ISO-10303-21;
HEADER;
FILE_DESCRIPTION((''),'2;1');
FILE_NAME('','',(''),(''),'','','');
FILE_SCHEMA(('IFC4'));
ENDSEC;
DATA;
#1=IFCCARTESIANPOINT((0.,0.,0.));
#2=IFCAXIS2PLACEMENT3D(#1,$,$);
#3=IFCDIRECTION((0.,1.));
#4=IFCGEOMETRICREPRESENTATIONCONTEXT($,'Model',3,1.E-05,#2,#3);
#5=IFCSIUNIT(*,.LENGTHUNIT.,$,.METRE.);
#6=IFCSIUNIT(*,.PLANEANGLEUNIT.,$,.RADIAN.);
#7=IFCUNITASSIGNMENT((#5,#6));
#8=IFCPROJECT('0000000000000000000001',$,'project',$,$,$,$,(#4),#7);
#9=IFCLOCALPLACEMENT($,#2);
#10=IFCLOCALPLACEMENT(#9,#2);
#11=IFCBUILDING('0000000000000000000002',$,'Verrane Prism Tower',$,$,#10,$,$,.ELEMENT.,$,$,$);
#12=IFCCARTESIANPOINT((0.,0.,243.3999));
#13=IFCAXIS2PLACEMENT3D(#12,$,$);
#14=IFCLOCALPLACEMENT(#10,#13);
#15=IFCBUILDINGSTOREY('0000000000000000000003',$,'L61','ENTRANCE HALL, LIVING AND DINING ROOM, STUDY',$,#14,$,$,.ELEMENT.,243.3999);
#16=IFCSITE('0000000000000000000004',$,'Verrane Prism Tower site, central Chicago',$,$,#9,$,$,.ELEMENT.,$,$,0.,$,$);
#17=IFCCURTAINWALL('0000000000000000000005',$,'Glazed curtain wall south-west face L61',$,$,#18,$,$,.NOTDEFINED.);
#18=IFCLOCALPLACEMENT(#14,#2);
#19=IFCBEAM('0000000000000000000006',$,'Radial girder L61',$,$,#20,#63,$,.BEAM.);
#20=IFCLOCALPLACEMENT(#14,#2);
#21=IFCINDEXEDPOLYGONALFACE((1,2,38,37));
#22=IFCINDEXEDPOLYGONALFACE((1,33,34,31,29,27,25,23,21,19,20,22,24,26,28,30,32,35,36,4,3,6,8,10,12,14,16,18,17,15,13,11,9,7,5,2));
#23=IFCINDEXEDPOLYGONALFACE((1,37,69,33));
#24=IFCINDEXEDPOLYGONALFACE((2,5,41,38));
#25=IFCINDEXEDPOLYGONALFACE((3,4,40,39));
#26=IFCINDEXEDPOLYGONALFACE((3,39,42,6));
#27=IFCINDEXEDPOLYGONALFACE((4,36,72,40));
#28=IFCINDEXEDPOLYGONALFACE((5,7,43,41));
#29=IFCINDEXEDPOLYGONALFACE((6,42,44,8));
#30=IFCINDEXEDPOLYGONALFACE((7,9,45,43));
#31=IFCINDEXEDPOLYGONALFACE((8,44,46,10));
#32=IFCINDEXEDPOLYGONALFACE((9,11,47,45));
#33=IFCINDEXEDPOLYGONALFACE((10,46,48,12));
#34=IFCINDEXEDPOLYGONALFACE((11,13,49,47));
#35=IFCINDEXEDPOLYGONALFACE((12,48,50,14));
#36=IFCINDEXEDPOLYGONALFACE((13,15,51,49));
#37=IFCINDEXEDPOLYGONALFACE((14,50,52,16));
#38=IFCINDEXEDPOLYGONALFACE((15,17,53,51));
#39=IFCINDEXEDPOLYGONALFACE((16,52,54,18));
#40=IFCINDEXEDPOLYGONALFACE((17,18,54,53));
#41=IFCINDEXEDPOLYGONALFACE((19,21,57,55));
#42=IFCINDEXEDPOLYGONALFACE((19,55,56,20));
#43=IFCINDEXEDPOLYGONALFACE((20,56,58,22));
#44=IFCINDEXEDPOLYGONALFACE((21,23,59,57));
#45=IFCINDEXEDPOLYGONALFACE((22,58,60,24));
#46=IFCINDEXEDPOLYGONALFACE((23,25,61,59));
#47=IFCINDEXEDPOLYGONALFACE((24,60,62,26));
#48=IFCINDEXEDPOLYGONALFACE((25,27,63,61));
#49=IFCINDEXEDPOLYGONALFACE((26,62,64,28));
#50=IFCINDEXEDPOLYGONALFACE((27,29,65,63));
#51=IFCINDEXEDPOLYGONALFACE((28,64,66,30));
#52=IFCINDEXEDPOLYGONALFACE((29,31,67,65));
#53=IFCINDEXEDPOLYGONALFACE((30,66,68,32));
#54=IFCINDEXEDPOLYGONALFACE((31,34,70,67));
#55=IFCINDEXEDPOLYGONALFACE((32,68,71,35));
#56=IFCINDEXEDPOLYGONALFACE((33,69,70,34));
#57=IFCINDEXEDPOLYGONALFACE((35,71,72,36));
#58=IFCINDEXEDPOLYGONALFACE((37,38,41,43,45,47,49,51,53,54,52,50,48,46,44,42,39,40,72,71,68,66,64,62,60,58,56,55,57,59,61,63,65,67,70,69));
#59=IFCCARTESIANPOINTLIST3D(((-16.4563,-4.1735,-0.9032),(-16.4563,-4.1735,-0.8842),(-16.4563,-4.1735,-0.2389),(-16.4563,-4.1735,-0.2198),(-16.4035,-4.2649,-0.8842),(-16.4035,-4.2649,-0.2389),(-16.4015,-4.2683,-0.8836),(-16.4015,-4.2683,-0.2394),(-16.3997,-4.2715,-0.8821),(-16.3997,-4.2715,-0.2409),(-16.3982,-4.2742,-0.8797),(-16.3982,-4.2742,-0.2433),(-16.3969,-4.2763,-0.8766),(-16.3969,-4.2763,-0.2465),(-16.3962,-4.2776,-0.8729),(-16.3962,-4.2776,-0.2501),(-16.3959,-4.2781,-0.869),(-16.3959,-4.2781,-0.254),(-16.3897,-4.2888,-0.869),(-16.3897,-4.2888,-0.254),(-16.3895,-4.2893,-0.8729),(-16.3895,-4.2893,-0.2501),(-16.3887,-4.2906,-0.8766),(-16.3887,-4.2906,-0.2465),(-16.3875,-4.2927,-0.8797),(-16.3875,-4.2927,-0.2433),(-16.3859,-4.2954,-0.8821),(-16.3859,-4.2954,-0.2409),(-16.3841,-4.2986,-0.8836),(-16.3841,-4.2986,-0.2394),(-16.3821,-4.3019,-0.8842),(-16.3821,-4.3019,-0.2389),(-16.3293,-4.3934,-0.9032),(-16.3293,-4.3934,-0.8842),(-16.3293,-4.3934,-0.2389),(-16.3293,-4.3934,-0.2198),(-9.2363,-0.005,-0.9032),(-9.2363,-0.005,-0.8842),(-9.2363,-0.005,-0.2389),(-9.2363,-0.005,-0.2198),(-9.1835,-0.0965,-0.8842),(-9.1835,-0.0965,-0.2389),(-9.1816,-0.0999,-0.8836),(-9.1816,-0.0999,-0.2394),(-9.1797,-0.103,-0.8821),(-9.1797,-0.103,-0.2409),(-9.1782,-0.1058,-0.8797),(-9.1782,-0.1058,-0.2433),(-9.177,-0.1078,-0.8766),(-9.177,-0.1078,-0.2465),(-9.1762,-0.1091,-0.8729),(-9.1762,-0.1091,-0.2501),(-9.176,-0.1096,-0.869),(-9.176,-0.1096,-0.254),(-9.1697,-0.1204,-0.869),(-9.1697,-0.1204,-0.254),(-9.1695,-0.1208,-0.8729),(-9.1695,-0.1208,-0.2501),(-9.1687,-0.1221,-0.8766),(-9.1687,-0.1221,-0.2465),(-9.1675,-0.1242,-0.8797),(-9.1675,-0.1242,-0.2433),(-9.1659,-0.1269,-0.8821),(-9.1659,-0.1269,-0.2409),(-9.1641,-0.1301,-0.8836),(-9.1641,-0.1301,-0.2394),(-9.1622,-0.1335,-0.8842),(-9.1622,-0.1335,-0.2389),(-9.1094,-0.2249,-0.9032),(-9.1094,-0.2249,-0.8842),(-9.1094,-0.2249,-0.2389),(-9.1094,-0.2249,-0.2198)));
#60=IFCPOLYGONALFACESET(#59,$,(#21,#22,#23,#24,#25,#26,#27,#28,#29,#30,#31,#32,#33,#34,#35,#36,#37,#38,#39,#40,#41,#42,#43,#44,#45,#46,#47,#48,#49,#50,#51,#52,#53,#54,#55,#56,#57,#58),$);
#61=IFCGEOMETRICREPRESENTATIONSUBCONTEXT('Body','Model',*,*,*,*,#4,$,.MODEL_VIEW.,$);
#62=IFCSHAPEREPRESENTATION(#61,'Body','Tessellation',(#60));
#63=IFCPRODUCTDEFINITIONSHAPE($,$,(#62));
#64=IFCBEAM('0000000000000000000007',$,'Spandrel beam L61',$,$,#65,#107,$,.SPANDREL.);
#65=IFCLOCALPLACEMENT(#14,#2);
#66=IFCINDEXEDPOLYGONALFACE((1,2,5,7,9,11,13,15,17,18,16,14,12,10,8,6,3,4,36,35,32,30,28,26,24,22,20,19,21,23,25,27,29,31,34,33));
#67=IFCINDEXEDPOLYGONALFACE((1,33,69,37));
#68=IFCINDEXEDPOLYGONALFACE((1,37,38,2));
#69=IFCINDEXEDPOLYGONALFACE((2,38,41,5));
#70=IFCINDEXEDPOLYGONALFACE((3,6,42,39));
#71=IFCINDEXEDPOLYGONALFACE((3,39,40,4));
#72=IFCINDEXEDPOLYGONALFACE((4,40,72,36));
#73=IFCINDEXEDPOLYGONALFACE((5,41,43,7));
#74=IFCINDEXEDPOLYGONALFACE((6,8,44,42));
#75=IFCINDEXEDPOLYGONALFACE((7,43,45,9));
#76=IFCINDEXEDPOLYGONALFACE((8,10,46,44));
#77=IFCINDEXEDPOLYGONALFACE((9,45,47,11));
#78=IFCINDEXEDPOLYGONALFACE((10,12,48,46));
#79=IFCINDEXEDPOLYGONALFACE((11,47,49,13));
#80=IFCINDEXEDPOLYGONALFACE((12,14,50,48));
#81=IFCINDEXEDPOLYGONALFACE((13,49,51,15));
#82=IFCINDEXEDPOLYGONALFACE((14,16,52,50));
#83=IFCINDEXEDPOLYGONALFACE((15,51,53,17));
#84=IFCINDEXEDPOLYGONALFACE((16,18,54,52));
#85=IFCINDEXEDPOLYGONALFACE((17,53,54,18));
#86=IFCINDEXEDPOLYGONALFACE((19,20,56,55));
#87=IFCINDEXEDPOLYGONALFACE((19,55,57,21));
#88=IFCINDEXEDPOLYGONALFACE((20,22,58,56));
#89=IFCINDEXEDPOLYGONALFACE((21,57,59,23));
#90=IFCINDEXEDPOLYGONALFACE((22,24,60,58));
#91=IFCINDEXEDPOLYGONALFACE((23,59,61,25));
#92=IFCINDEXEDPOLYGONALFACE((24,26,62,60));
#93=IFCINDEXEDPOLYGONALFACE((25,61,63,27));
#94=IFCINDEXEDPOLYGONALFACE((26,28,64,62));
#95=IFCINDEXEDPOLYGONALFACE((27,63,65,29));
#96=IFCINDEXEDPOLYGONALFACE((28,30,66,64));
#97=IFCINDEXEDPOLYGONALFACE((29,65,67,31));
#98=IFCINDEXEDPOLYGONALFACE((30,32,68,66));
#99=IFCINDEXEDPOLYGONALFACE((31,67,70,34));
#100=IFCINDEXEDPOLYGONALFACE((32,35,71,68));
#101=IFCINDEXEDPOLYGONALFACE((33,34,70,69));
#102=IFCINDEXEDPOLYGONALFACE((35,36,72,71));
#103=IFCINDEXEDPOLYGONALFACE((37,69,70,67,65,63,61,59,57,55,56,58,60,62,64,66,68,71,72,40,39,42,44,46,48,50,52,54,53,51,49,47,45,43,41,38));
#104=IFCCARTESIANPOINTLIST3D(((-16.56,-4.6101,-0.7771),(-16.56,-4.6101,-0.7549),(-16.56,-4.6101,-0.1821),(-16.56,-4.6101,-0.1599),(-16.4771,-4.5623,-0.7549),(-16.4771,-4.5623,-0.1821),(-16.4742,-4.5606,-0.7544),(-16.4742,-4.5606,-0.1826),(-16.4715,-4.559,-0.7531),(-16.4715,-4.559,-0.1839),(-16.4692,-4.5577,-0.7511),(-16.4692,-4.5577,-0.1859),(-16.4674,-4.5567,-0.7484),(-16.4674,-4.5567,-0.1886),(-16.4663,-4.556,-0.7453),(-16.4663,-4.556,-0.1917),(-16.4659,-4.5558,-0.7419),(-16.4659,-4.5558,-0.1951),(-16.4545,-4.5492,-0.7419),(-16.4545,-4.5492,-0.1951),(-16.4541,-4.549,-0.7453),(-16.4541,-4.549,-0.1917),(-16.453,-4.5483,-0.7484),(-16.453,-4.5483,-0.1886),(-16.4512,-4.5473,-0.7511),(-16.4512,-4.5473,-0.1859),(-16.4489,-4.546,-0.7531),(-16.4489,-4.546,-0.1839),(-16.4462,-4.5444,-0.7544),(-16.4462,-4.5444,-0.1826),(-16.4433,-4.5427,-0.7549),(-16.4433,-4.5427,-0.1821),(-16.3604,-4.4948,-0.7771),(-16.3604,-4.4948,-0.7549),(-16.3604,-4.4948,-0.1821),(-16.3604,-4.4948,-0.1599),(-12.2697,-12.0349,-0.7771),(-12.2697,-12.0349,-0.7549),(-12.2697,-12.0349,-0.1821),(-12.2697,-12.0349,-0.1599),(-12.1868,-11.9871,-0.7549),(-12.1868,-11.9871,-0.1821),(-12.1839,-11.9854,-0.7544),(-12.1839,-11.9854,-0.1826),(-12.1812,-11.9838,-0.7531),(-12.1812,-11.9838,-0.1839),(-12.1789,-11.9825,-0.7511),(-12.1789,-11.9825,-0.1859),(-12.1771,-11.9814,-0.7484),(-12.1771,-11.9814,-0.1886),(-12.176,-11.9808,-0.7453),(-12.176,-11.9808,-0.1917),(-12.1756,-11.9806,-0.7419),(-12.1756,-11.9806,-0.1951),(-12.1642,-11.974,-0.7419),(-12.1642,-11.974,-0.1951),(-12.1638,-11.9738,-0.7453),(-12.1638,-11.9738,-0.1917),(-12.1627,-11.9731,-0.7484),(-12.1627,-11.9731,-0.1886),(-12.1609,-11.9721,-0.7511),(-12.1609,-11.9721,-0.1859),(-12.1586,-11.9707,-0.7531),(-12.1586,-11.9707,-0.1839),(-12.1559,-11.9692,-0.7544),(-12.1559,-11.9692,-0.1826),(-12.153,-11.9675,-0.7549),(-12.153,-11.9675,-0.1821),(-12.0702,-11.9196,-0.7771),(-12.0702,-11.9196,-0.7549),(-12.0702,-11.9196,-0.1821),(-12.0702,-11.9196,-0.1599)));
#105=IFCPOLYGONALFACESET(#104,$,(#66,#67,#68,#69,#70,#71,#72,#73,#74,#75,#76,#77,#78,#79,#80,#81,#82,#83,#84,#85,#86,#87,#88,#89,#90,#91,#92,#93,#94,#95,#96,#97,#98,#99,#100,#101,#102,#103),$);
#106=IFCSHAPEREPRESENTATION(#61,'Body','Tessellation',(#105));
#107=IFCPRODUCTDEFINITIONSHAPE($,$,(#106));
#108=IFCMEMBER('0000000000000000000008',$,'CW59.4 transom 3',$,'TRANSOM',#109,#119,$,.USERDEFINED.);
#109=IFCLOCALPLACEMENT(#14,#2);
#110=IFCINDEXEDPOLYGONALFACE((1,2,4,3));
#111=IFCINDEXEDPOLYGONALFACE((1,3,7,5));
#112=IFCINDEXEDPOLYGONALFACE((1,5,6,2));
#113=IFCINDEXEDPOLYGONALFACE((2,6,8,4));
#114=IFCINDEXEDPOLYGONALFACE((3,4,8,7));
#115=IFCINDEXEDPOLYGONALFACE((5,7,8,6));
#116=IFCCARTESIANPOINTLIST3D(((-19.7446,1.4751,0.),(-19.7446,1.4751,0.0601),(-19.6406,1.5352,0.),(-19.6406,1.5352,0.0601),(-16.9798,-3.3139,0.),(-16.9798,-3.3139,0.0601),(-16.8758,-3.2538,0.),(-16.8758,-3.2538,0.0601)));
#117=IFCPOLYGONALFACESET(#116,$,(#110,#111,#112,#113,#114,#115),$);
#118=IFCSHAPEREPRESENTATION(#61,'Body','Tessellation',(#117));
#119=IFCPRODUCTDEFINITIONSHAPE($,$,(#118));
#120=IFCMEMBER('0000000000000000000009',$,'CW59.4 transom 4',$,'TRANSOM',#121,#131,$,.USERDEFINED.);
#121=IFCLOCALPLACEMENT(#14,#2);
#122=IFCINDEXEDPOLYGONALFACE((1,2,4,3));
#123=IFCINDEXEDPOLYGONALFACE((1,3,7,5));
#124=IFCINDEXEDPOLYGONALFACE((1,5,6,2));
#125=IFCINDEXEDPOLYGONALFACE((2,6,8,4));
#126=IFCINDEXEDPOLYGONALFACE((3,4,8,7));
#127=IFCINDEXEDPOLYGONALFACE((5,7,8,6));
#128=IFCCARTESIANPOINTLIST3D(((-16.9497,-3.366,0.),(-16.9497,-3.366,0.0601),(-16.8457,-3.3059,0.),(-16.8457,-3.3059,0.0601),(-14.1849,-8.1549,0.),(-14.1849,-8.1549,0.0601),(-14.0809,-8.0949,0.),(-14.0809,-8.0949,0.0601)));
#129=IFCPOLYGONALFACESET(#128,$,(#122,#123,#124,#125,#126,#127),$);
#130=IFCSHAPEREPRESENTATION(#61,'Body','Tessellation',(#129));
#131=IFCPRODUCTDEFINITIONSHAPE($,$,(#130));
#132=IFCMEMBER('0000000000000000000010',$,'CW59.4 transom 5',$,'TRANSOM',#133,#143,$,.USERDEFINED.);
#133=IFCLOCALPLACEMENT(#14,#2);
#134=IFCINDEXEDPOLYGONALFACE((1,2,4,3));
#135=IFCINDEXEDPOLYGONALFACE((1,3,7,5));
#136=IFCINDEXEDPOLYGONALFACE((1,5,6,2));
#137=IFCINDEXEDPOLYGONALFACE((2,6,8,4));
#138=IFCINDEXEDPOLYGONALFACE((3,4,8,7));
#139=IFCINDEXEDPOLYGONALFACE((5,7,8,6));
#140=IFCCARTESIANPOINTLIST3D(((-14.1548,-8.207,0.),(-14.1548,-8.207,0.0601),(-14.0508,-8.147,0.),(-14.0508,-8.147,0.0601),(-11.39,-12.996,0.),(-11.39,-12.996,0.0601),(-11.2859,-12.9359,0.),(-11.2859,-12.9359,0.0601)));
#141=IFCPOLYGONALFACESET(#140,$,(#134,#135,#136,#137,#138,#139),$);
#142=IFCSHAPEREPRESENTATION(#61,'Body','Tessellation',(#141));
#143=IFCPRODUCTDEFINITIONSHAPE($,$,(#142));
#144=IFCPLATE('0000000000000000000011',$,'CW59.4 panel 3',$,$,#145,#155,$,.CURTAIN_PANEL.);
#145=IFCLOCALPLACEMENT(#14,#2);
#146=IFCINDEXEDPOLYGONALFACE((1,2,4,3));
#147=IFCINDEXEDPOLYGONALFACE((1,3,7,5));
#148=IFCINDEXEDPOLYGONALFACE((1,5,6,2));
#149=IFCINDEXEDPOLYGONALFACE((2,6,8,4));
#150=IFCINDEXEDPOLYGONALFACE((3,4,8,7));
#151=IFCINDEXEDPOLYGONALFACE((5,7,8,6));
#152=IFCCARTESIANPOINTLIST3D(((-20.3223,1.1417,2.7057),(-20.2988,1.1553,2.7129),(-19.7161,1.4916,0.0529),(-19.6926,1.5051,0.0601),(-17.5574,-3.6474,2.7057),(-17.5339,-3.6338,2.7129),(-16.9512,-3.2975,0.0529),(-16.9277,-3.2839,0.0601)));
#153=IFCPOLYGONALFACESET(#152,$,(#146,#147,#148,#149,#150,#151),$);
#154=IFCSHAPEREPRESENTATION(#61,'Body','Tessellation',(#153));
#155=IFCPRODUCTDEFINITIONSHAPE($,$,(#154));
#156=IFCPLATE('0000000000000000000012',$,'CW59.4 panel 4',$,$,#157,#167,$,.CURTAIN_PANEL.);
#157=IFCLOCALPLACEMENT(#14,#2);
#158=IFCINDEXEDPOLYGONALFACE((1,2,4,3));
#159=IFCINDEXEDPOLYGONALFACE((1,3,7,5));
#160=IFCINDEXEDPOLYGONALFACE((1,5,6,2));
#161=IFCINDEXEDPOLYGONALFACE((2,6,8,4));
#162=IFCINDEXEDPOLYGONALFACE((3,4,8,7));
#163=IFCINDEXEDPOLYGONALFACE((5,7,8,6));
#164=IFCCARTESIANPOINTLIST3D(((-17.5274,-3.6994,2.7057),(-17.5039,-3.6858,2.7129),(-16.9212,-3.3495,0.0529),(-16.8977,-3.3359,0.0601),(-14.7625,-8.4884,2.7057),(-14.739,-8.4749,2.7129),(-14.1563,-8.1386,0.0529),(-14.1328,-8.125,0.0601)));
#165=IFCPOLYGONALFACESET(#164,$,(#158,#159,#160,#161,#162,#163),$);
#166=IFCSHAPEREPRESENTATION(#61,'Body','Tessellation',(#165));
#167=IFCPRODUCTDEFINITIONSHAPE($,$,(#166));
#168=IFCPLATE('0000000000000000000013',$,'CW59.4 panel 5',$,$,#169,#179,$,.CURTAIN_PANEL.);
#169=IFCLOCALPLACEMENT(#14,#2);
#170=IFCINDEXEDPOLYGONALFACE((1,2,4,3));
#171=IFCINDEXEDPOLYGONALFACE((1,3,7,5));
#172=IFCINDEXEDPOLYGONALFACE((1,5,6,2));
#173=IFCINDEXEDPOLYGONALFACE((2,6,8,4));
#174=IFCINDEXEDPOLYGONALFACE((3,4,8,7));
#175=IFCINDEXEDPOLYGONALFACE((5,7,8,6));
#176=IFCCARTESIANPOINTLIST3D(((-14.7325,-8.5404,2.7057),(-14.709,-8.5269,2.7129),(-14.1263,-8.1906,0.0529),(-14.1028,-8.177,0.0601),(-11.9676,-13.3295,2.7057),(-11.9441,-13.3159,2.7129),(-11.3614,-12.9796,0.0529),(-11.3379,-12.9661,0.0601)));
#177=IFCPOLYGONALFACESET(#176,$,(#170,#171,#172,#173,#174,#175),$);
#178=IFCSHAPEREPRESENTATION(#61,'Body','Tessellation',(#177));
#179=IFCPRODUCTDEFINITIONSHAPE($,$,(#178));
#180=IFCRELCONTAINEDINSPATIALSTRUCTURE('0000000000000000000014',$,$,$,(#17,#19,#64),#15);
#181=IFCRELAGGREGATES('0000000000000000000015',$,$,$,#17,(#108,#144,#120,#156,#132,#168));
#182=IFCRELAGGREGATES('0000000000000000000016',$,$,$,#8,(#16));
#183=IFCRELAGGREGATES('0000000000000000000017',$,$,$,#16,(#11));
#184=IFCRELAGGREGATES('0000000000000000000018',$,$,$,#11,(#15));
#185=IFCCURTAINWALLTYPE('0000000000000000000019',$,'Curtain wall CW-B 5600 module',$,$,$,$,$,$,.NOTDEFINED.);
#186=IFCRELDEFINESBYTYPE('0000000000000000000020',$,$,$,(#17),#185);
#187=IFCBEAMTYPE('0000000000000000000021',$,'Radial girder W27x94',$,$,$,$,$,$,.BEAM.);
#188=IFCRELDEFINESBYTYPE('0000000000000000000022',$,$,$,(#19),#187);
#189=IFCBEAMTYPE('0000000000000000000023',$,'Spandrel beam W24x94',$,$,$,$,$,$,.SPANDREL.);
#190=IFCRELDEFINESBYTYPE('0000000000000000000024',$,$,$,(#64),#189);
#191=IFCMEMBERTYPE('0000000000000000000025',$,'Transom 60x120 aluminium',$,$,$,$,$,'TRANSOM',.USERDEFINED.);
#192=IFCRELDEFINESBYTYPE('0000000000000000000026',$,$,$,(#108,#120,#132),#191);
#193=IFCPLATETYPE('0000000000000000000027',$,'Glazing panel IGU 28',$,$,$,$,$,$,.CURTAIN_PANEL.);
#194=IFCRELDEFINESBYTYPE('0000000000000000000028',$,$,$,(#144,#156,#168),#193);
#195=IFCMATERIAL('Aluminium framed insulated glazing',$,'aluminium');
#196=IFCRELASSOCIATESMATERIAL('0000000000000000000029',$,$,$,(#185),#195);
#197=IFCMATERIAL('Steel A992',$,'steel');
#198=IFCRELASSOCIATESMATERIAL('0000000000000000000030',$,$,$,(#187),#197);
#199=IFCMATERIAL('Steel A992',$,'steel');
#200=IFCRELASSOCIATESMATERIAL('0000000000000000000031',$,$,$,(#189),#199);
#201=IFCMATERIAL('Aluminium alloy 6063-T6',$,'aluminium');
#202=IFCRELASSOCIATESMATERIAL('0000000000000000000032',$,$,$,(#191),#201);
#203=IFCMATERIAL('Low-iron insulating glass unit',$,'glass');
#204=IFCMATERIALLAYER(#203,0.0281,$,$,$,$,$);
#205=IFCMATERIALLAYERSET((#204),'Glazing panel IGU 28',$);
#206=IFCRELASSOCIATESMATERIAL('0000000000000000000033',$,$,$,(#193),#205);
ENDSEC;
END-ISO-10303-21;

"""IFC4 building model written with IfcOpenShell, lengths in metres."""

from ifc_helpers import new_model, si_unit, direction, frame, origin, origin_2d, place, context, subcontext, project, spatial, polyline, rectangle, i_section, outline, extrude, material, layer, layer_set, material_profile, profile_set, type_object, element, aggregate, save


model = new_model("IFC4")

# Units and contexts
model_context = context("Model", 3, precision=1e-05, world=origin(), true_north=direction((0.0, 1.0)))
body_context = subcontext(model_context, "Body", "Model", "MODEL_VIEW")
ifc_project = project(units=[si_unit("LENGTHUNIT", "METRE"), si_unit("PLANEANGLEUNIT", "RADIAN")], contexts=[model_context])

# Site, building, storey
site_placement = place(None, origin())
site = spatial("IfcSite", under=ifc_project, at=site_placement, Name="Verrane Prism Tower site, central Chicago", CompositionType="ELEMENT", RefElevation=0.0)
building_placement = place(site_placement, origin())
building = spatial("IfcBuilding", under=site, at=building_placement, Name="Verrane Prism Tower", CompositionType="ELEMENT")
storey_placement = place(building_placement, frame((0.0, 0.0, 243.3999)))
storey = spatial("IfcBuildingStorey", under=building, at=storey_placement, Name="L61", Description="ENTRANCE HALL, LIVING AND DINING ROOM, STUDY", CompositionType="ELEMENT", Elevation=243.3999)

# Curtain wall
ifc_material_1 = material(Name="Aluminium framed insulated glazing", Category="aluminium")
curtain_wall_type = type_object("IfcCurtainWallType", Name="Curtain wall CW-B 5600 module", PredefinedType="NOTDEFINED", material=ifc_material_1)
curtain_wall_placement = place(storey_placement, origin())
curtain_wall = element("IfcCurtainWall", 1, at=curtain_wall_placement, inside=storey, type_object=curtain_wall_type, Name="Glazed curtain wall south-west face L61", PredefinedType="NOTDEFINED")

# Beams
ifc_material_2 = material(Name="Steel A992", Category="steel")
ifc_material_profile_1 = material_profile(ifc_material_2, i_section(OverallWidth=0.2539, OverallDepth=0.6833, WebThickness=0.0125, FlangeThickness=0.019, FilletRadius=0.0151, at=origin_2d()), Name="W27x94")
ifc_profile_set_1 = profile_set([ifc_material_profile_1], Name="Steel A992")
beam_type_1 = type_object("IfcBeamType", Name="Radial girder W27x94", PredefinedType="BEAM", material=ifc_profile_set_1)
beam_1_placement = place(storey_placement, frame((-16.3928, -4.2834, -0.5615), z_axis=(0.866025, 0.5, 0.0), x_axis=(-0.5, 0.866025, 0.0)))
element("IfcBeam", 2, at=beam_1_placement, inside=storey, type_object=beam_type_1, Name="Radial girder L61", PredefinedType="BEAM", context=body_context, shape_type="SweptSolid", body=[
    extrude(i_section(OverallWidth=0.2539, OverallDepth=0.6833, WebThickness=0.0125, FlangeThickness=0.019, FilletRadius=0.0151, at=origin_2d()), origin(), (0.0, 0.0, 1.0), 8.3369),
])
ifc_material_3 = material(Name="Steel A992", Category="steel")
ifc_material_profile_2 = material_profile(ifc_material_3, i_section(OverallWidth=0.2305, OverallDepth=0.6172, WebThickness=0.0132, FlangeThickness=0.0222, FilletRadius=0.0129, at=origin_2d()), Name="W24x94")
ifc_profile_set_2 = profile_set([ifc_material_profile_2], Name="Steel A992")
beam_type_2 = type_object("IfcBeamType", Name="Spandrel beam W24x94", PredefinedType="SPANDREL", material=ifc_profile_set_2)
beam_2_placement = place(storey_placement, frame((-16.4602, -4.5525, -0.4685), z_axis=(0.500312, -0.865845, 0.0), x_axis=(0.865845, 0.500312, 0.0)))
element("IfcBeam", 3, at=beam_2_placement, inside=storey, type_object=beam_type_2, Name="Spandrel beam L61", PredefinedType="SPANDREL", context=body_context, shape_type="SweptSolid", body=[
    extrude(i_section(OverallWidth=0.2305, OverallDepth=0.6172, WebThickness=0.0132, FlangeThickness=0.0222, FilletRadius=0.0129, at=origin_2d()), origin(), (0.0, 0.0, 1.0), 8.5752),
])

# Members
ifc_material_4 = material(Name="Aluminium alloy 6063-T6", Category="aluminium")
ifc_material_profile_3 = material_profile(ifc_material_4, rectangle(XDim=0.1201, YDim=0.0601, at=origin_2d()), Name="Transom 60x120 aluminium")
ifc_profile_set_3 = profile_set([ifc_material_profile_3], Name="Aluminium alloy 6063-T6")
member_type_1 = type_object("IfcMemberType", Name="Transom 60x120 aluminium", ElementType="TRANSOM", PredefinedType="USERDEFINED", material=ifc_profile_set_3)
member_1_placement = place(storey_placement, frame((-19.6926, 1.5051, 0.03), z_axis=(0.49999, -0.866031, 0.0), x_axis=(0.866031, 0.49999, 0.0)))
member_1 = element("IfcMember", 4, at=member_1_placement, type_object=member_type_1, Name="CW59.4 transom 3", ObjectType="TRANSOM", PredefinedType="USERDEFINED", context=body_context, shape_type="SweptSolid", body=[
    extrude(rectangle(XDim=0.1201, YDim=0.0601, at=origin_2d()), origin(), (0.0, 0.0, 1.0), 5.5298),
])
member_2_placement = place(storey_placement, frame((-16.8977, -3.3359, 0.03), z_axis=(0.49999, -0.866031, 0.0), x_axis=(0.866031, 0.49999, 0.0)))
member_2 = element("IfcMember", 5, at=member_2_placement, type_object=member_type_1, Name="CW59.4 transom 4", ObjectType="TRANSOM", PredefinedType="USERDEFINED", context=body_context, shape_type="SweptSolid", body=[
    extrude(rectangle(XDim=0.1201, YDim=0.0601, at=origin_2d()), origin(), (0.0, 0.0, 1.0), 5.5298),
])
member_3_placement = place(storey_placement, frame((-14.1028, -8.177, 0.03), z_axis=(0.49999, -0.866031, 0.0), x_axis=(0.866031, 0.49999, 0.0)))
member_3 = element("IfcMember", 6, at=member_3_placement, type_object=member_type_1, Name="CW59.4 transom 5", ObjectType="TRANSOM", PredefinedType="USERDEFINED", context=body_context, shape_type="SweptSolid", body=[
    extrude(rectangle(XDim=0.1201, YDim=0.0601, at=origin_2d()), origin(), (0.0, 0.0, 1.0), 5.5298),
])

# Plates
ifc_material_5 = material(Name="Low-iron insulating glass unit", Category="glass")
ifc_layer_1 = layer(ifc_material_5, 0.0281)
ifc_layer_set_1 = layer_set([ifc_layer_1], Name="Glazing panel IGU 28")
plate_type = type_object("IfcPlateType", Name="Glazing panel IGU 28", PredefinedType="CURTAIN_PANEL", material=ifc_layer_set_1)
plate_1_placement = place(storey_placement, frame((-19.6926, 1.5051, 0.0601), z_axis=(0.837377, 0.483447, 0.255106), x_axis=(0.49999, -0.866031, 0.0)))
plate_1 = element("IfcPlate", 7, at=plate_1_placement, type_object=plate_type, Name="CW59.4 panel 3", PredefinedType="CURTAIN_PANEL", context=body_context, shape_type="SweptSolid", body=[
    extrude(outline(polyline([(0.0, 0.0), (5.5299, 0.0), (5.5298, -2.7436), (-0.0001, -2.7436), (0.0, 0.0)])), origin(), (0.0, 0.0, -1.0), 0.0281),
])
plate_2_placement = place(storey_placement, frame((-16.8977, -3.3359, 0.0601), z_axis=(0.837377, 0.483447, 0.255106), x_axis=(0.49999, -0.866031, 0.0)))
plate_2 = element("IfcPlate", 8, at=plate_2_placement, type_object=plate_type, Name="CW59.4 panel 4", PredefinedType="CURTAIN_PANEL", context=body_context, shape_type="SweptSolid", body=[
    extrude(outline(polyline([(0.0, 0.0), (5.5299, 0.0), (5.5298, -2.7436), (-0.0001, -2.7436), (0.0, 0.0)])), origin(), (0.0, 0.0, -1.0), 0.0281),
])
plate_3_placement = place(storey_placement, frame((-14.1028, -8.177, 0.0601), z_axis=(0.837377, 0.483447, 0.255106), x_axis=(0.49999, -0.866031, 0.0)))
plate_3 = element("IfcPlate", 9, at=plate_3_placement, type_object=plate_type, Name="CW59.4 panel 5", PredefinedType="CURTAIN_PANEL", context=body_context, shape_type="SweptSolid", body=[
    extrude(outline(polyline([(0.0, 0.0), (5.5299, 0.0), (5.5298, -2.7436), (-0.0001, -2.7436), (0.0, 0.0)])), origin(), (0.0, 0.0, -1.0), 0.0281),
])
aggregate(curtain_wall, [member_1, plate_1, member_2, plate_2, member_3, plate_3])

save(model, "model.ifc")
